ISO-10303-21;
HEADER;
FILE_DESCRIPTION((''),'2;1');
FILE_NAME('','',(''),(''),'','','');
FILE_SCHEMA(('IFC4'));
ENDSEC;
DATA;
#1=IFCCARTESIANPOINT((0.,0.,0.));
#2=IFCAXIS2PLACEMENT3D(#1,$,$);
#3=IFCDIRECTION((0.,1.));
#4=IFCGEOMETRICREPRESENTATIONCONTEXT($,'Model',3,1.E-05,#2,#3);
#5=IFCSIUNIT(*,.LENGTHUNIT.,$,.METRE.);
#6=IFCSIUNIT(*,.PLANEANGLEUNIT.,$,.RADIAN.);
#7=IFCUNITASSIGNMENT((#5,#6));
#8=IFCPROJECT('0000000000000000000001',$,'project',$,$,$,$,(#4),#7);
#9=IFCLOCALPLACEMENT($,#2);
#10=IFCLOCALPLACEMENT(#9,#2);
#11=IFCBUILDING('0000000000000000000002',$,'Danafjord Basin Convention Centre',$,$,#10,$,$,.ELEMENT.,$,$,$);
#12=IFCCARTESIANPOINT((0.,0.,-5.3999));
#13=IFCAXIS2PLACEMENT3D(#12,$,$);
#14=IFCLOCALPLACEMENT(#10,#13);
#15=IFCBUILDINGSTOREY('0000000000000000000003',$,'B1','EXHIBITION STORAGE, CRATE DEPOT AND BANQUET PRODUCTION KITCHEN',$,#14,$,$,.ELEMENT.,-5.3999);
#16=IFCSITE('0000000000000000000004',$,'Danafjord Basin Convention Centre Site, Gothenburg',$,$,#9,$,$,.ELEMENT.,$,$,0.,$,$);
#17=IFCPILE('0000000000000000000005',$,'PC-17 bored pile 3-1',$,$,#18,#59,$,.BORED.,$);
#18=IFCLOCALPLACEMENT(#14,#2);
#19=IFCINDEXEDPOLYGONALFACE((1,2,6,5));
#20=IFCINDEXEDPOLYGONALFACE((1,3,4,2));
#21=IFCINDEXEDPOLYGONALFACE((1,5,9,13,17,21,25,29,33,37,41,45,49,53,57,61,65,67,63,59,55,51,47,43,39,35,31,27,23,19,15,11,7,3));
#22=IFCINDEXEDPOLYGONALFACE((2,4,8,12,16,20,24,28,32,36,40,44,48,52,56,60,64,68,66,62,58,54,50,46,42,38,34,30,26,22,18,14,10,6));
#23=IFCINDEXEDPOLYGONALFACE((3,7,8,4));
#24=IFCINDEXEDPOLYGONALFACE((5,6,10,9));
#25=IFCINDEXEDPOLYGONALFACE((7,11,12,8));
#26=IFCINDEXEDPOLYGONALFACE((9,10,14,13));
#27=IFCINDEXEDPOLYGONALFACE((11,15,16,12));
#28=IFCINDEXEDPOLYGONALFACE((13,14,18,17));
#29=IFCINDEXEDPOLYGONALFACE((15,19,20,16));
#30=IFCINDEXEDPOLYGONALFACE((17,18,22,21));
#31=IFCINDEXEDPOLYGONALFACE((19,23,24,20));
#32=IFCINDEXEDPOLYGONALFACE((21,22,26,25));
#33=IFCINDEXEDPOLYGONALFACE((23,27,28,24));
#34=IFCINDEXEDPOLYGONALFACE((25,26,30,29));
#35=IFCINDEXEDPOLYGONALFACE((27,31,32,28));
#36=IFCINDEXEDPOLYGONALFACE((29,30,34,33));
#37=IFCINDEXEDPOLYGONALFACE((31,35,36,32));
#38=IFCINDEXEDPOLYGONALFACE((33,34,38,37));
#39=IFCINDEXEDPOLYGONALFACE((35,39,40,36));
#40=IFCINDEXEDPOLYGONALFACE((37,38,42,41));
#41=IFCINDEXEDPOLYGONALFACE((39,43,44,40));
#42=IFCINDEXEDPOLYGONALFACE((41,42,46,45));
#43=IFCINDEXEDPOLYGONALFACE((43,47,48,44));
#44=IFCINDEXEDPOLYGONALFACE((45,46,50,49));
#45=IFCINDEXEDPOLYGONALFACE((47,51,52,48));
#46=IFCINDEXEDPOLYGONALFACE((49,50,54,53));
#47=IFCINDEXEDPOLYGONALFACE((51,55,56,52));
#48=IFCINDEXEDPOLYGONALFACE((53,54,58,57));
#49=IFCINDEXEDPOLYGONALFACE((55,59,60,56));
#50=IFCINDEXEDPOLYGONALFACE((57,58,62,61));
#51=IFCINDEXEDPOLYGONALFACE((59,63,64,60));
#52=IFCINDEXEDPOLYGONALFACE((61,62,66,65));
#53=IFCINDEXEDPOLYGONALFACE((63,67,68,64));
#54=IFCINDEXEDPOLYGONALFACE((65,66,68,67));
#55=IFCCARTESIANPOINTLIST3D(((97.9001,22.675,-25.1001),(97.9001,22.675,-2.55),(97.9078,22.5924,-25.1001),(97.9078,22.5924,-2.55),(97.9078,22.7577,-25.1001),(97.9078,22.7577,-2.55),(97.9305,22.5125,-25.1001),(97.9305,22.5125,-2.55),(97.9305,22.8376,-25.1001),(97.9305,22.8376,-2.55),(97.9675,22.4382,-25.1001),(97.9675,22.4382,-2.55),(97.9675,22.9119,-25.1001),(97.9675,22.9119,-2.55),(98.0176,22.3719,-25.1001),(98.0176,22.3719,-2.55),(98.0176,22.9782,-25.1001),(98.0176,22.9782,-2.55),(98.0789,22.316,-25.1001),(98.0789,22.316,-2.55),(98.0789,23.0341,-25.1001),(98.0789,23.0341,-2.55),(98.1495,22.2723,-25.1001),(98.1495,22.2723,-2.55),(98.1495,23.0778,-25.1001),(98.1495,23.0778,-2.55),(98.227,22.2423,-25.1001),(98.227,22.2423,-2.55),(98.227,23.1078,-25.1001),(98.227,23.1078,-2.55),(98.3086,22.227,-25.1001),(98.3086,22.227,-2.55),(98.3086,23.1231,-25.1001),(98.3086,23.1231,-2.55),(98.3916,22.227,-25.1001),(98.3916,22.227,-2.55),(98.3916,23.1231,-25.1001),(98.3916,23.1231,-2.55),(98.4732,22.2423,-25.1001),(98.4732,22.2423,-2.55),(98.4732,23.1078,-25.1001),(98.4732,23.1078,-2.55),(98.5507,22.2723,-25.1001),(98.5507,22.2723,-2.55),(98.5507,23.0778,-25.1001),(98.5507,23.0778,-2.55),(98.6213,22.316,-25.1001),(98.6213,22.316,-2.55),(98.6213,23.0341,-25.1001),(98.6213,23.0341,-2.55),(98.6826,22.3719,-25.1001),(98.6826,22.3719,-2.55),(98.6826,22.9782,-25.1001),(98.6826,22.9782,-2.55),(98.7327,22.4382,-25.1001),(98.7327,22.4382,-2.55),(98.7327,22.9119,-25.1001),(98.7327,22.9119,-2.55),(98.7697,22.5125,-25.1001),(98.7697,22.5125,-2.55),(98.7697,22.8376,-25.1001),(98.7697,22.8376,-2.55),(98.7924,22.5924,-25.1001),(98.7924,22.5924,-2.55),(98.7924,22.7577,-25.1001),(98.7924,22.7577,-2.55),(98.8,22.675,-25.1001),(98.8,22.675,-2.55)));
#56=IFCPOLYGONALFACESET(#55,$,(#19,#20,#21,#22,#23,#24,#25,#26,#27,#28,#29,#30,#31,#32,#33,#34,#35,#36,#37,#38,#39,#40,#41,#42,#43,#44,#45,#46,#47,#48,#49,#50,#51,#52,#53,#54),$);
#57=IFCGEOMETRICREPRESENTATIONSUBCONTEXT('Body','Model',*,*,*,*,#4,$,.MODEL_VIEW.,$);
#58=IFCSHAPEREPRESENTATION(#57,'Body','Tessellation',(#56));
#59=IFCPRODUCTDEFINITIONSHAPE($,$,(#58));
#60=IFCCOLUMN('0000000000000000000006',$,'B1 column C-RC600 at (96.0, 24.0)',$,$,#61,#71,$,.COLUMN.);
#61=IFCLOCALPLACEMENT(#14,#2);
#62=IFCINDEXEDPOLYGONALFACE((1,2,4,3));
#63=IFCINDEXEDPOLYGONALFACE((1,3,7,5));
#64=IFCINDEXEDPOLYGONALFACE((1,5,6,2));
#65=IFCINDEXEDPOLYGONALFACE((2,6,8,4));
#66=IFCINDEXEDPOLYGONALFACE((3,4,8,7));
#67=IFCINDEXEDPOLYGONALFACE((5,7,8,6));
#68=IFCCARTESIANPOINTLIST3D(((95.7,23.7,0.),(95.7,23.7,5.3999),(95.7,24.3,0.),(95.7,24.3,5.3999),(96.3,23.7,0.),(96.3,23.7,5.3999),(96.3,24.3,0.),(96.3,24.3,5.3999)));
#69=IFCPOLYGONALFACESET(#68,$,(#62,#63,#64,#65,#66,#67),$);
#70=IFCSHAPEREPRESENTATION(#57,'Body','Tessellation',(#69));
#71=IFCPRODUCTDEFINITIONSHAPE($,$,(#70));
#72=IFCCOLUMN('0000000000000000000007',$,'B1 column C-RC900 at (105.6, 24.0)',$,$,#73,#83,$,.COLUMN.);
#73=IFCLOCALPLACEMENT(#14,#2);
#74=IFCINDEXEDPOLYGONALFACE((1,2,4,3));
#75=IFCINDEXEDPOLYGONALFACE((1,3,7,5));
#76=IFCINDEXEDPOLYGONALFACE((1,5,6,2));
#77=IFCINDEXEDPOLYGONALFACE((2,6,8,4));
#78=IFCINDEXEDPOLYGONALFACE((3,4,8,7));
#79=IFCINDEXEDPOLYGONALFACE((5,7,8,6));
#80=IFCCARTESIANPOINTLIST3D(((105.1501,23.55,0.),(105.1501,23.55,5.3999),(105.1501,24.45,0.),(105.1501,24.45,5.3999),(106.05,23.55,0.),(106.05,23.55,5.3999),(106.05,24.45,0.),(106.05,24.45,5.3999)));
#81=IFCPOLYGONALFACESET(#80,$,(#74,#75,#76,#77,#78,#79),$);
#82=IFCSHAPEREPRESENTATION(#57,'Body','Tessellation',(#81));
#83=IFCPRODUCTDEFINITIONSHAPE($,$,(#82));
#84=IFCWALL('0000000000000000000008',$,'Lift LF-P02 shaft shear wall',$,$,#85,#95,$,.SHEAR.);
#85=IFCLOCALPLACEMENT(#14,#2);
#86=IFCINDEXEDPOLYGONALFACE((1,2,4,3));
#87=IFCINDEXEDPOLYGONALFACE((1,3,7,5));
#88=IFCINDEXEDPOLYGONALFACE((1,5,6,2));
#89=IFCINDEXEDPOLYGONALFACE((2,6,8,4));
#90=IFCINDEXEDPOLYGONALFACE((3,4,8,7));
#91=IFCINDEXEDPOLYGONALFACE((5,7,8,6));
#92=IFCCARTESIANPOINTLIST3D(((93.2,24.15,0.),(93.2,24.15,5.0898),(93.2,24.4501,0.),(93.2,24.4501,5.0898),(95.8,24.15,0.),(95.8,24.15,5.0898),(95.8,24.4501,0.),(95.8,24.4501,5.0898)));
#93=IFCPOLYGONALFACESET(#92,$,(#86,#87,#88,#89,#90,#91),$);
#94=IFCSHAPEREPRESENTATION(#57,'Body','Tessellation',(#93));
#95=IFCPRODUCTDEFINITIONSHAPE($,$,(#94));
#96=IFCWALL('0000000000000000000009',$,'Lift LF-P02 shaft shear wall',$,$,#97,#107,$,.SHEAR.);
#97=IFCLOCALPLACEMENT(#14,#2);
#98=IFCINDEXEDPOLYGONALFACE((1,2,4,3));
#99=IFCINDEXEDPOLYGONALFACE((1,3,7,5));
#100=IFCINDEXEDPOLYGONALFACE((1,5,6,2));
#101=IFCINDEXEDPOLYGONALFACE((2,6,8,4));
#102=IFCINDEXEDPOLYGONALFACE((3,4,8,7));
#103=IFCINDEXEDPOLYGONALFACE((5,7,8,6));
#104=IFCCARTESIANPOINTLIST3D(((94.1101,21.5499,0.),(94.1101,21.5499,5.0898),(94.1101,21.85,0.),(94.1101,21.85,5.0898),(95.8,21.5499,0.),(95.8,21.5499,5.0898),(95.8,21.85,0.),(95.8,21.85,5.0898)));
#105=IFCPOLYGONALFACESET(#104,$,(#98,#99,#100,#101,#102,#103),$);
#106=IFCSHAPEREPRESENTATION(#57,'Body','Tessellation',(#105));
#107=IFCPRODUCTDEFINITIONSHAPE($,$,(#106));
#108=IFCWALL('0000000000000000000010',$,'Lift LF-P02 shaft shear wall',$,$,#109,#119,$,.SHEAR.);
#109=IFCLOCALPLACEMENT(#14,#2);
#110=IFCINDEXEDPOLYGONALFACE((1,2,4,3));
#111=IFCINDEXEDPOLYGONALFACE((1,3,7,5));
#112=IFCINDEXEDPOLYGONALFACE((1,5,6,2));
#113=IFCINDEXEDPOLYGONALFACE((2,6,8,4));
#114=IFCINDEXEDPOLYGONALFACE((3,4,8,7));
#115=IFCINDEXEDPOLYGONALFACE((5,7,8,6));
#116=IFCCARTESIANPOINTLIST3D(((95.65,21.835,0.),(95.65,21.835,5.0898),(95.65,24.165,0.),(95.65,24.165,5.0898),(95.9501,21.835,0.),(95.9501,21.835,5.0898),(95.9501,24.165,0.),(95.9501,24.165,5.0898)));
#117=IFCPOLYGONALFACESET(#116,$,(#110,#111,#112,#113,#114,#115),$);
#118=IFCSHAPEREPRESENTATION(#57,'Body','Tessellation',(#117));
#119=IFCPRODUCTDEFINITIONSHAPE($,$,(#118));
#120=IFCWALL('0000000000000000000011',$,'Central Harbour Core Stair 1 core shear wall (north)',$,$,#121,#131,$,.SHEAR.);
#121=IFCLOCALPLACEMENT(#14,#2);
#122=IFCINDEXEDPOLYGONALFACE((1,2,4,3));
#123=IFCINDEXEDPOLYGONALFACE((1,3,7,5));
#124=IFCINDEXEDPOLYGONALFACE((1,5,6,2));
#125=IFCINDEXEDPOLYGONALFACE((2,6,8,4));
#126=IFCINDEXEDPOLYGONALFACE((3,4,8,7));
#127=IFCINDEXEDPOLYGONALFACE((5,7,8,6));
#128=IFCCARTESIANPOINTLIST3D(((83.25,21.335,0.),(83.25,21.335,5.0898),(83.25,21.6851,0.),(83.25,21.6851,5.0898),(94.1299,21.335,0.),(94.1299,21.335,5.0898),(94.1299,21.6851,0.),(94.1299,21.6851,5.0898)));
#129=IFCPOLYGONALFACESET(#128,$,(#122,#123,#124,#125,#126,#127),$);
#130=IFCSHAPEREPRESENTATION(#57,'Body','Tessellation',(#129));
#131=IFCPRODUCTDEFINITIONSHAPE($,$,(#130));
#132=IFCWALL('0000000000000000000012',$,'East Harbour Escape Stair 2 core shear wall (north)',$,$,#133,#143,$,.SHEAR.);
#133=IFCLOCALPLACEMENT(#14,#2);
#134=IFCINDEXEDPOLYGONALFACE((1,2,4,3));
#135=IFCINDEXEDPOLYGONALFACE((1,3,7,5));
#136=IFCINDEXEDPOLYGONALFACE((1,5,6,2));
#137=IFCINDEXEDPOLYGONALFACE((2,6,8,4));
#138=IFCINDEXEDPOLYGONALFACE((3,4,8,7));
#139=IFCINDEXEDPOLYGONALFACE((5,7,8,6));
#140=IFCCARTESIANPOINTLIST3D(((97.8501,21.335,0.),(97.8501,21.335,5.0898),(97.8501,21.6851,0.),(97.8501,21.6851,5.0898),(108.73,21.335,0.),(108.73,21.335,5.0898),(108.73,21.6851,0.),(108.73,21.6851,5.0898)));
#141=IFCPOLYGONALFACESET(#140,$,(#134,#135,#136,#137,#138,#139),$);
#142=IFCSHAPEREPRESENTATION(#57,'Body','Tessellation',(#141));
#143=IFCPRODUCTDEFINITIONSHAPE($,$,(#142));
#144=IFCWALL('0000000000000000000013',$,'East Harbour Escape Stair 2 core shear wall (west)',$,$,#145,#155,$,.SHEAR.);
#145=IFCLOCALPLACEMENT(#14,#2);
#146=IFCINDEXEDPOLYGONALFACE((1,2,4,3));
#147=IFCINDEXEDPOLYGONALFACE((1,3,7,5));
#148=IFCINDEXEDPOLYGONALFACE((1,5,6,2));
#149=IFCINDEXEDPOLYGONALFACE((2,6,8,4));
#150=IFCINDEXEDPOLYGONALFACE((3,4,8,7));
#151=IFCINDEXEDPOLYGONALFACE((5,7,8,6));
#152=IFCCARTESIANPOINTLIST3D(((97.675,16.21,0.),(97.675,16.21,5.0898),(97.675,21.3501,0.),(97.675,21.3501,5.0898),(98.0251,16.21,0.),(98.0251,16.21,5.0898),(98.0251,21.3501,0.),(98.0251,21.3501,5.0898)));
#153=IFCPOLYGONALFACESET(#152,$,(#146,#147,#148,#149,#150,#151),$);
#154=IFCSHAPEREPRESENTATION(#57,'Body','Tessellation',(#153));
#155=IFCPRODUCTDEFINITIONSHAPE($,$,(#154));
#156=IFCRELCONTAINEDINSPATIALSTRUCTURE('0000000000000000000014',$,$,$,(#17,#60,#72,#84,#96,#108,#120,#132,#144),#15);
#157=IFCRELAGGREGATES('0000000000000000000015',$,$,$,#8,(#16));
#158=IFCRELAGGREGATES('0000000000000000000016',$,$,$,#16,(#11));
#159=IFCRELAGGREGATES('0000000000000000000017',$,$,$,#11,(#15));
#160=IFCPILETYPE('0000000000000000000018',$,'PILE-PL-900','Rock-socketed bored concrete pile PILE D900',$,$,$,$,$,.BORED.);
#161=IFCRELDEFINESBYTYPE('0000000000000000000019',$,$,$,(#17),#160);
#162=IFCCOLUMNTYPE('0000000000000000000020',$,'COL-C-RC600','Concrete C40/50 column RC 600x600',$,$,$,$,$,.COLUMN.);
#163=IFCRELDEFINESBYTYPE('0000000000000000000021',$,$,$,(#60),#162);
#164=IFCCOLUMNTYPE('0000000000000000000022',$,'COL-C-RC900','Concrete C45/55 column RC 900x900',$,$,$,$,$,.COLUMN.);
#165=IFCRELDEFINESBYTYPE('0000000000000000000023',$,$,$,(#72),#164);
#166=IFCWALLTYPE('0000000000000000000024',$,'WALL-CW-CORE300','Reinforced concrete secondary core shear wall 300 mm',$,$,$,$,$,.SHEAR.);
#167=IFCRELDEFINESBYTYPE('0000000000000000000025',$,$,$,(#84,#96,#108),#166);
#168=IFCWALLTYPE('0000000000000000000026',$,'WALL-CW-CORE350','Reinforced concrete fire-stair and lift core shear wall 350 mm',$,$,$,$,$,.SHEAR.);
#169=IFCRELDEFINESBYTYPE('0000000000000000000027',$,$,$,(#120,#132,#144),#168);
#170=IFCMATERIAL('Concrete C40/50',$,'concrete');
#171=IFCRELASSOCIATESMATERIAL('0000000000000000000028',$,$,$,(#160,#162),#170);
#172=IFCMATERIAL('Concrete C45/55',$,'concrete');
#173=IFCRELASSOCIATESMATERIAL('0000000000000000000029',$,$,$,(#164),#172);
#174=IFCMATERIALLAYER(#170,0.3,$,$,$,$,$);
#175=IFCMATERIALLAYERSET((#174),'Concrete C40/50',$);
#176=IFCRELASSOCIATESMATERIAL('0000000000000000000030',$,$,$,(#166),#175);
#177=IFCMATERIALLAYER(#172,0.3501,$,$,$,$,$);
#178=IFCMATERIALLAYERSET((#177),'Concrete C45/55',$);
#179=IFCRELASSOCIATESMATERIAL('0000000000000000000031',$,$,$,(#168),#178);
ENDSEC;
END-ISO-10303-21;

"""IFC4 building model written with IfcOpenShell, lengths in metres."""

from ifc_helpers import new_model, si_unit, direction, frame, frame_2d, origin, origin_2d, place, context, subcontext, project, spatial, rectangle, circle, extrude, material, layer, layer_set, material_profile, profile_set, type_object, element, save


model = new_model("IFC4")

# Units and contexts
model_context = context("Model", 3, precision=1e-05, world=origin(), true_north=direction((0.0, 1.0)))
body_context = subcontext(model_context, "Body", "Model", "MODEL_VIEW")
ifc_project = project(units=[si_unit("LENGTHUNIT", "METRE"), si_unit("PLANEANGLEUNIT", "RADIAN")], contexts=[model_context])

# Site, building, storey
site_placement = place(None, origin())
site = spatial("IfcSite", under=ifc_project, at=site_placement, Name="Danafjord Basin Convention Centre Site, Gothenburg", CompositionType="ELEMENT", RefElevation=0.0)
building_placement = place(site_placement, origin())
building = spatial("IfcBuilding", under=site, at=building_placement, Name="Danafjord Basin Convention Centre", CompositionType="ELEMENT")
storey_placement = place(building_placement, frame((0.0, 0.0, -5.3999)))
storey = spatial("IfcBuildingStorey", under=building, at=storey_placement, Name="B1", Description="EXHIBITION STORAGE, CRATE DEPOT AND BANQUET PRODUCTION KITCHEN", CompositionType="ELEMENT", Elevation=-5.3999)

# Shared definitions
ifc_material_1 = material(Name="Concrete C40/50", Category="concrete")

# Pile
ifc_material_profile_1 = material_profile(ifc_material_1, circle(Radius=0.45, at=origin_2d()), Name="PILE D900")
ifc_profile_set_1 = profile_set([ifc_material_profile_1], Name="Concrete C40/50")
pile_type_1 = type_object("IfcPileType", Name="PILE-PL-900", Description="Rock-socketed bored concrete pile PILE D900", PredefinedType="BORED", material=ifc_profile_set_1)
for number, where, z_axis, x_axis, name in (
    (1, (98.3501, 22.675, -2.55), (0.0, 0.0, -1.0), (1.0, 0.0, 0.0), "PC-17 bored pile 3-1"),
):
    element("IfcPile", number, at=place(storey_placement, frame(where, z_axis=z_axis, x_axis=x_axis)), inside=storey, type_object=pile_type_1, Name=name, PredefinedType="BORED", context=body_context, shape_type="SweptSolid", body=[
        extrude(circle(Radius=0.45, at=origin_2d()), origin(), (0.0, 0.0, 1.0), 22.55),
    ])

# Columns
ifc_material_profile_2 = material_profile(ifc_material_1, rectangle(XDim=0.6001, YDim=0.6001, at=origin_2d()), Name="RC 600x600")
ifc_profile_set_2 = profile_set([ifc_material_profile_2], Name="Concrete C40/50")
column_type_1 = type_object("IfcColumnType", Name="COL-C-RC600", Description="Concrete C40/50 column RC 600x600", PredefinedType="COLUMN", material=ifc_profile_set_2)
column_1_placement = place(storey_placement, frame((96.0, 24.0, 0.0), z_axis=(0.0, 0.0, 1.0), x_axis=(1.0, 0.0, 0.0)))
element("IfcColumn", 2, at=column_1_placement, inside=storey, type_object=column_type_1, Name="B1 column C-RC600 at (96.0, 24.0)", PredefinedType="COLUMN", context=body_context, shape_type="SweptSolid", body=[
    extrude(rectangle(XDim=0.6001, YDim=0.6001, at=origin_2d()), origin(), (0.0, 0.0, 1.0), 5.3999),
])
ifc_material_2 = material(Name="Concrete C45/55", Category="concrete")
ifc_material_profile_3 = material_profile(ifc_material_2, rectangle(XDim=0.8999, YDim=0.8999, at=origin_2d()), Name="RC 900x900")
ifc_profile_set_3 = profile_set([ifc_material_profile_3], Name="Concrete C45/55")
column_type_2 = type_object("IfcColumnType", Name="COL-C-RC900", Description="Concrete C45/55 column RC 900x900", PredefinedType="COLUMN", material=ifc_profile_set_3)
column_2_placement = place(storey_placement, frame((105.6001, 24.0, 0.0), z_axis=(0.0, 0.0, 1.0), x_axis=(1.0, 0.0, 0.0)))
element("IfcColumn", 3, at=column_2_placement, inside=storey, type_object=column_type_2, Name="B1 column C-RC900 at (105.6, 24.0)", PredefinedType="COLUMN", context=body_context, shape_type="SweptSolid", body=[
    extrude(rectangle(XDim=0.8999, YDim=0.8999, at=origin_2d()), origin(), (0.0, 0.0, 1.0), 5.3999),
])

# Walls
ifc_layer_1 = layer(ifc_material_1, 0.3)
ifc_layer_set_1 = layer_set([ifc_layer_1], Name="Concrete C40/50")
wall_type_1 = type_object("IfcWallType", Name="WALL-CW-CORE300", Description="Reinforced concrete secondary core shear wall 300 mm", PredefinedType="SHEAR", material=ifc_layer_set_1)
wall_1_placement = place(storey_placement, frame((95.8, 24.3, 0.0), z_axis=(0.0, 0.0, 1.0), x_axis=(-1.0, 0.0, 0.0)))
element("IfcWall", 4, at=wall_1_placement, inside=storey, type_object=wall_type_1, Name="Lift LF-P02 shaft shear wall", PredefinedType="SHEAR", context=body_context, shape_type="SweptSolid", body=[
    extrude(rectangle(XDim=2.6001, YDim=0.3, at=frame_2d((1.3, 0.0))), origin(), (0.0, 0.0, 1.0), 5.0898),
])
wall_2_placement = place(storey_placement, frame((94.1101, 21.7, 0.0), z_axis=(0.0, 0.0, 1.0), x_axis=(1.0, 0.0, 0.0)))
element("IfcWall", 5, at=wall_2_placement, inside=storey, type_object=wall_type_1, Name="Lift LF-P02 shaft shear wall", PredefinedType="SHEAR", context=body_context, shape_type="SweptSolid", body=[
    extrude(rectangle(XDim=1.6899, YDim=0.3, at=frame_2d((0.845, 0.0))), origin(), (0.0, 0.0, 1.0), 5.0898),
])
wall_3_placement = place(storey_placement, frame((95.8, 21.835, 0.0), z_axis=(0.0, 0.0, 1.0), x_axis=(0.0, 1.0, 0.0)))
element("IfcWall", 6, at=wall_3_placement, inside=storey, type_object=wall_type_1, Name="Lift LF-P02 shaft shear wall", PredefinedType="SHEAR", context=body_context, shape_type="SweptSolid", body=[
    extrude(rectangle(XDim=2.3301, YDim=0.3, at=frame_2d((1.165, 0.0))), origin(), (0.0, 0.0, 1.0), 5.0898),
])
ifc_layer_2 = layer(ifc_material_2, 0.3501)
ifc_layer_set_2 = layer_set([ifc_layer_2], Name="Concrete C45/55")
wall_type_2 = type_object("IfcWallType", Name="WALL-CW-CORE350", Description="Reinforced concrete fire-stair and lift core shear wall 350 mm", PredefinedType="SHEAR", material=ifc_layer_set_2)
for number, where, z_axis, x_axis, name in (
    (7, (94.1299, 21.51, 0.0), (0.0, 0.0, 1.0), (-1.0, 0.0, 0.0), "Central Harbour Core Stair 1 core shear wall (north)"),
    (8, (108.73, 21.51, 0.0), (0.0, 0.0, 1.0), (-1.0, 0.0, 0.0), "East Harbour Escape Stair 2 core shear wall (north)"),
):
    element("IfcWall", number, at=place(storey_placement, frame(where, z_axis=z_axis, x_axis=x_axis)), inside=storey, type_object=wall_type_2, Name=name, PredefinedType="SHEAR", context=body_context, shape_type="SweptSolid", body=[
        extrude(rectangle(XDim=10.8799, YDim=0.3501, at=frame_2d((5.4399, 0.0))), origin(), (0.0, 0.0, 1.0), 5.0898),
    ])
wall_4_placement = place(storey_placement, frame((97.8501, 21.3501, 0.0), z_axis=(0.0, 0.0, 1.0), x_axis=(0.0, -1.0, 0.0)))
element("IfcWall", 9, at=wall_4_placement, inside=storey, type_object=wall_type_2, Name="East Harbour Escape Stair 2 core shear wall (west)", PredefinedType="SHEAR", context=body_context, shape_type="SweptSolid", body=[
    extrude(rectangle(XDim=5.1401, YDim=0.3501, at=frame_2d((2.5701, 0.0))), origin(), (0.0, 0.0, 1.0), 5.0898),
])

save(model, "model.ifc")
